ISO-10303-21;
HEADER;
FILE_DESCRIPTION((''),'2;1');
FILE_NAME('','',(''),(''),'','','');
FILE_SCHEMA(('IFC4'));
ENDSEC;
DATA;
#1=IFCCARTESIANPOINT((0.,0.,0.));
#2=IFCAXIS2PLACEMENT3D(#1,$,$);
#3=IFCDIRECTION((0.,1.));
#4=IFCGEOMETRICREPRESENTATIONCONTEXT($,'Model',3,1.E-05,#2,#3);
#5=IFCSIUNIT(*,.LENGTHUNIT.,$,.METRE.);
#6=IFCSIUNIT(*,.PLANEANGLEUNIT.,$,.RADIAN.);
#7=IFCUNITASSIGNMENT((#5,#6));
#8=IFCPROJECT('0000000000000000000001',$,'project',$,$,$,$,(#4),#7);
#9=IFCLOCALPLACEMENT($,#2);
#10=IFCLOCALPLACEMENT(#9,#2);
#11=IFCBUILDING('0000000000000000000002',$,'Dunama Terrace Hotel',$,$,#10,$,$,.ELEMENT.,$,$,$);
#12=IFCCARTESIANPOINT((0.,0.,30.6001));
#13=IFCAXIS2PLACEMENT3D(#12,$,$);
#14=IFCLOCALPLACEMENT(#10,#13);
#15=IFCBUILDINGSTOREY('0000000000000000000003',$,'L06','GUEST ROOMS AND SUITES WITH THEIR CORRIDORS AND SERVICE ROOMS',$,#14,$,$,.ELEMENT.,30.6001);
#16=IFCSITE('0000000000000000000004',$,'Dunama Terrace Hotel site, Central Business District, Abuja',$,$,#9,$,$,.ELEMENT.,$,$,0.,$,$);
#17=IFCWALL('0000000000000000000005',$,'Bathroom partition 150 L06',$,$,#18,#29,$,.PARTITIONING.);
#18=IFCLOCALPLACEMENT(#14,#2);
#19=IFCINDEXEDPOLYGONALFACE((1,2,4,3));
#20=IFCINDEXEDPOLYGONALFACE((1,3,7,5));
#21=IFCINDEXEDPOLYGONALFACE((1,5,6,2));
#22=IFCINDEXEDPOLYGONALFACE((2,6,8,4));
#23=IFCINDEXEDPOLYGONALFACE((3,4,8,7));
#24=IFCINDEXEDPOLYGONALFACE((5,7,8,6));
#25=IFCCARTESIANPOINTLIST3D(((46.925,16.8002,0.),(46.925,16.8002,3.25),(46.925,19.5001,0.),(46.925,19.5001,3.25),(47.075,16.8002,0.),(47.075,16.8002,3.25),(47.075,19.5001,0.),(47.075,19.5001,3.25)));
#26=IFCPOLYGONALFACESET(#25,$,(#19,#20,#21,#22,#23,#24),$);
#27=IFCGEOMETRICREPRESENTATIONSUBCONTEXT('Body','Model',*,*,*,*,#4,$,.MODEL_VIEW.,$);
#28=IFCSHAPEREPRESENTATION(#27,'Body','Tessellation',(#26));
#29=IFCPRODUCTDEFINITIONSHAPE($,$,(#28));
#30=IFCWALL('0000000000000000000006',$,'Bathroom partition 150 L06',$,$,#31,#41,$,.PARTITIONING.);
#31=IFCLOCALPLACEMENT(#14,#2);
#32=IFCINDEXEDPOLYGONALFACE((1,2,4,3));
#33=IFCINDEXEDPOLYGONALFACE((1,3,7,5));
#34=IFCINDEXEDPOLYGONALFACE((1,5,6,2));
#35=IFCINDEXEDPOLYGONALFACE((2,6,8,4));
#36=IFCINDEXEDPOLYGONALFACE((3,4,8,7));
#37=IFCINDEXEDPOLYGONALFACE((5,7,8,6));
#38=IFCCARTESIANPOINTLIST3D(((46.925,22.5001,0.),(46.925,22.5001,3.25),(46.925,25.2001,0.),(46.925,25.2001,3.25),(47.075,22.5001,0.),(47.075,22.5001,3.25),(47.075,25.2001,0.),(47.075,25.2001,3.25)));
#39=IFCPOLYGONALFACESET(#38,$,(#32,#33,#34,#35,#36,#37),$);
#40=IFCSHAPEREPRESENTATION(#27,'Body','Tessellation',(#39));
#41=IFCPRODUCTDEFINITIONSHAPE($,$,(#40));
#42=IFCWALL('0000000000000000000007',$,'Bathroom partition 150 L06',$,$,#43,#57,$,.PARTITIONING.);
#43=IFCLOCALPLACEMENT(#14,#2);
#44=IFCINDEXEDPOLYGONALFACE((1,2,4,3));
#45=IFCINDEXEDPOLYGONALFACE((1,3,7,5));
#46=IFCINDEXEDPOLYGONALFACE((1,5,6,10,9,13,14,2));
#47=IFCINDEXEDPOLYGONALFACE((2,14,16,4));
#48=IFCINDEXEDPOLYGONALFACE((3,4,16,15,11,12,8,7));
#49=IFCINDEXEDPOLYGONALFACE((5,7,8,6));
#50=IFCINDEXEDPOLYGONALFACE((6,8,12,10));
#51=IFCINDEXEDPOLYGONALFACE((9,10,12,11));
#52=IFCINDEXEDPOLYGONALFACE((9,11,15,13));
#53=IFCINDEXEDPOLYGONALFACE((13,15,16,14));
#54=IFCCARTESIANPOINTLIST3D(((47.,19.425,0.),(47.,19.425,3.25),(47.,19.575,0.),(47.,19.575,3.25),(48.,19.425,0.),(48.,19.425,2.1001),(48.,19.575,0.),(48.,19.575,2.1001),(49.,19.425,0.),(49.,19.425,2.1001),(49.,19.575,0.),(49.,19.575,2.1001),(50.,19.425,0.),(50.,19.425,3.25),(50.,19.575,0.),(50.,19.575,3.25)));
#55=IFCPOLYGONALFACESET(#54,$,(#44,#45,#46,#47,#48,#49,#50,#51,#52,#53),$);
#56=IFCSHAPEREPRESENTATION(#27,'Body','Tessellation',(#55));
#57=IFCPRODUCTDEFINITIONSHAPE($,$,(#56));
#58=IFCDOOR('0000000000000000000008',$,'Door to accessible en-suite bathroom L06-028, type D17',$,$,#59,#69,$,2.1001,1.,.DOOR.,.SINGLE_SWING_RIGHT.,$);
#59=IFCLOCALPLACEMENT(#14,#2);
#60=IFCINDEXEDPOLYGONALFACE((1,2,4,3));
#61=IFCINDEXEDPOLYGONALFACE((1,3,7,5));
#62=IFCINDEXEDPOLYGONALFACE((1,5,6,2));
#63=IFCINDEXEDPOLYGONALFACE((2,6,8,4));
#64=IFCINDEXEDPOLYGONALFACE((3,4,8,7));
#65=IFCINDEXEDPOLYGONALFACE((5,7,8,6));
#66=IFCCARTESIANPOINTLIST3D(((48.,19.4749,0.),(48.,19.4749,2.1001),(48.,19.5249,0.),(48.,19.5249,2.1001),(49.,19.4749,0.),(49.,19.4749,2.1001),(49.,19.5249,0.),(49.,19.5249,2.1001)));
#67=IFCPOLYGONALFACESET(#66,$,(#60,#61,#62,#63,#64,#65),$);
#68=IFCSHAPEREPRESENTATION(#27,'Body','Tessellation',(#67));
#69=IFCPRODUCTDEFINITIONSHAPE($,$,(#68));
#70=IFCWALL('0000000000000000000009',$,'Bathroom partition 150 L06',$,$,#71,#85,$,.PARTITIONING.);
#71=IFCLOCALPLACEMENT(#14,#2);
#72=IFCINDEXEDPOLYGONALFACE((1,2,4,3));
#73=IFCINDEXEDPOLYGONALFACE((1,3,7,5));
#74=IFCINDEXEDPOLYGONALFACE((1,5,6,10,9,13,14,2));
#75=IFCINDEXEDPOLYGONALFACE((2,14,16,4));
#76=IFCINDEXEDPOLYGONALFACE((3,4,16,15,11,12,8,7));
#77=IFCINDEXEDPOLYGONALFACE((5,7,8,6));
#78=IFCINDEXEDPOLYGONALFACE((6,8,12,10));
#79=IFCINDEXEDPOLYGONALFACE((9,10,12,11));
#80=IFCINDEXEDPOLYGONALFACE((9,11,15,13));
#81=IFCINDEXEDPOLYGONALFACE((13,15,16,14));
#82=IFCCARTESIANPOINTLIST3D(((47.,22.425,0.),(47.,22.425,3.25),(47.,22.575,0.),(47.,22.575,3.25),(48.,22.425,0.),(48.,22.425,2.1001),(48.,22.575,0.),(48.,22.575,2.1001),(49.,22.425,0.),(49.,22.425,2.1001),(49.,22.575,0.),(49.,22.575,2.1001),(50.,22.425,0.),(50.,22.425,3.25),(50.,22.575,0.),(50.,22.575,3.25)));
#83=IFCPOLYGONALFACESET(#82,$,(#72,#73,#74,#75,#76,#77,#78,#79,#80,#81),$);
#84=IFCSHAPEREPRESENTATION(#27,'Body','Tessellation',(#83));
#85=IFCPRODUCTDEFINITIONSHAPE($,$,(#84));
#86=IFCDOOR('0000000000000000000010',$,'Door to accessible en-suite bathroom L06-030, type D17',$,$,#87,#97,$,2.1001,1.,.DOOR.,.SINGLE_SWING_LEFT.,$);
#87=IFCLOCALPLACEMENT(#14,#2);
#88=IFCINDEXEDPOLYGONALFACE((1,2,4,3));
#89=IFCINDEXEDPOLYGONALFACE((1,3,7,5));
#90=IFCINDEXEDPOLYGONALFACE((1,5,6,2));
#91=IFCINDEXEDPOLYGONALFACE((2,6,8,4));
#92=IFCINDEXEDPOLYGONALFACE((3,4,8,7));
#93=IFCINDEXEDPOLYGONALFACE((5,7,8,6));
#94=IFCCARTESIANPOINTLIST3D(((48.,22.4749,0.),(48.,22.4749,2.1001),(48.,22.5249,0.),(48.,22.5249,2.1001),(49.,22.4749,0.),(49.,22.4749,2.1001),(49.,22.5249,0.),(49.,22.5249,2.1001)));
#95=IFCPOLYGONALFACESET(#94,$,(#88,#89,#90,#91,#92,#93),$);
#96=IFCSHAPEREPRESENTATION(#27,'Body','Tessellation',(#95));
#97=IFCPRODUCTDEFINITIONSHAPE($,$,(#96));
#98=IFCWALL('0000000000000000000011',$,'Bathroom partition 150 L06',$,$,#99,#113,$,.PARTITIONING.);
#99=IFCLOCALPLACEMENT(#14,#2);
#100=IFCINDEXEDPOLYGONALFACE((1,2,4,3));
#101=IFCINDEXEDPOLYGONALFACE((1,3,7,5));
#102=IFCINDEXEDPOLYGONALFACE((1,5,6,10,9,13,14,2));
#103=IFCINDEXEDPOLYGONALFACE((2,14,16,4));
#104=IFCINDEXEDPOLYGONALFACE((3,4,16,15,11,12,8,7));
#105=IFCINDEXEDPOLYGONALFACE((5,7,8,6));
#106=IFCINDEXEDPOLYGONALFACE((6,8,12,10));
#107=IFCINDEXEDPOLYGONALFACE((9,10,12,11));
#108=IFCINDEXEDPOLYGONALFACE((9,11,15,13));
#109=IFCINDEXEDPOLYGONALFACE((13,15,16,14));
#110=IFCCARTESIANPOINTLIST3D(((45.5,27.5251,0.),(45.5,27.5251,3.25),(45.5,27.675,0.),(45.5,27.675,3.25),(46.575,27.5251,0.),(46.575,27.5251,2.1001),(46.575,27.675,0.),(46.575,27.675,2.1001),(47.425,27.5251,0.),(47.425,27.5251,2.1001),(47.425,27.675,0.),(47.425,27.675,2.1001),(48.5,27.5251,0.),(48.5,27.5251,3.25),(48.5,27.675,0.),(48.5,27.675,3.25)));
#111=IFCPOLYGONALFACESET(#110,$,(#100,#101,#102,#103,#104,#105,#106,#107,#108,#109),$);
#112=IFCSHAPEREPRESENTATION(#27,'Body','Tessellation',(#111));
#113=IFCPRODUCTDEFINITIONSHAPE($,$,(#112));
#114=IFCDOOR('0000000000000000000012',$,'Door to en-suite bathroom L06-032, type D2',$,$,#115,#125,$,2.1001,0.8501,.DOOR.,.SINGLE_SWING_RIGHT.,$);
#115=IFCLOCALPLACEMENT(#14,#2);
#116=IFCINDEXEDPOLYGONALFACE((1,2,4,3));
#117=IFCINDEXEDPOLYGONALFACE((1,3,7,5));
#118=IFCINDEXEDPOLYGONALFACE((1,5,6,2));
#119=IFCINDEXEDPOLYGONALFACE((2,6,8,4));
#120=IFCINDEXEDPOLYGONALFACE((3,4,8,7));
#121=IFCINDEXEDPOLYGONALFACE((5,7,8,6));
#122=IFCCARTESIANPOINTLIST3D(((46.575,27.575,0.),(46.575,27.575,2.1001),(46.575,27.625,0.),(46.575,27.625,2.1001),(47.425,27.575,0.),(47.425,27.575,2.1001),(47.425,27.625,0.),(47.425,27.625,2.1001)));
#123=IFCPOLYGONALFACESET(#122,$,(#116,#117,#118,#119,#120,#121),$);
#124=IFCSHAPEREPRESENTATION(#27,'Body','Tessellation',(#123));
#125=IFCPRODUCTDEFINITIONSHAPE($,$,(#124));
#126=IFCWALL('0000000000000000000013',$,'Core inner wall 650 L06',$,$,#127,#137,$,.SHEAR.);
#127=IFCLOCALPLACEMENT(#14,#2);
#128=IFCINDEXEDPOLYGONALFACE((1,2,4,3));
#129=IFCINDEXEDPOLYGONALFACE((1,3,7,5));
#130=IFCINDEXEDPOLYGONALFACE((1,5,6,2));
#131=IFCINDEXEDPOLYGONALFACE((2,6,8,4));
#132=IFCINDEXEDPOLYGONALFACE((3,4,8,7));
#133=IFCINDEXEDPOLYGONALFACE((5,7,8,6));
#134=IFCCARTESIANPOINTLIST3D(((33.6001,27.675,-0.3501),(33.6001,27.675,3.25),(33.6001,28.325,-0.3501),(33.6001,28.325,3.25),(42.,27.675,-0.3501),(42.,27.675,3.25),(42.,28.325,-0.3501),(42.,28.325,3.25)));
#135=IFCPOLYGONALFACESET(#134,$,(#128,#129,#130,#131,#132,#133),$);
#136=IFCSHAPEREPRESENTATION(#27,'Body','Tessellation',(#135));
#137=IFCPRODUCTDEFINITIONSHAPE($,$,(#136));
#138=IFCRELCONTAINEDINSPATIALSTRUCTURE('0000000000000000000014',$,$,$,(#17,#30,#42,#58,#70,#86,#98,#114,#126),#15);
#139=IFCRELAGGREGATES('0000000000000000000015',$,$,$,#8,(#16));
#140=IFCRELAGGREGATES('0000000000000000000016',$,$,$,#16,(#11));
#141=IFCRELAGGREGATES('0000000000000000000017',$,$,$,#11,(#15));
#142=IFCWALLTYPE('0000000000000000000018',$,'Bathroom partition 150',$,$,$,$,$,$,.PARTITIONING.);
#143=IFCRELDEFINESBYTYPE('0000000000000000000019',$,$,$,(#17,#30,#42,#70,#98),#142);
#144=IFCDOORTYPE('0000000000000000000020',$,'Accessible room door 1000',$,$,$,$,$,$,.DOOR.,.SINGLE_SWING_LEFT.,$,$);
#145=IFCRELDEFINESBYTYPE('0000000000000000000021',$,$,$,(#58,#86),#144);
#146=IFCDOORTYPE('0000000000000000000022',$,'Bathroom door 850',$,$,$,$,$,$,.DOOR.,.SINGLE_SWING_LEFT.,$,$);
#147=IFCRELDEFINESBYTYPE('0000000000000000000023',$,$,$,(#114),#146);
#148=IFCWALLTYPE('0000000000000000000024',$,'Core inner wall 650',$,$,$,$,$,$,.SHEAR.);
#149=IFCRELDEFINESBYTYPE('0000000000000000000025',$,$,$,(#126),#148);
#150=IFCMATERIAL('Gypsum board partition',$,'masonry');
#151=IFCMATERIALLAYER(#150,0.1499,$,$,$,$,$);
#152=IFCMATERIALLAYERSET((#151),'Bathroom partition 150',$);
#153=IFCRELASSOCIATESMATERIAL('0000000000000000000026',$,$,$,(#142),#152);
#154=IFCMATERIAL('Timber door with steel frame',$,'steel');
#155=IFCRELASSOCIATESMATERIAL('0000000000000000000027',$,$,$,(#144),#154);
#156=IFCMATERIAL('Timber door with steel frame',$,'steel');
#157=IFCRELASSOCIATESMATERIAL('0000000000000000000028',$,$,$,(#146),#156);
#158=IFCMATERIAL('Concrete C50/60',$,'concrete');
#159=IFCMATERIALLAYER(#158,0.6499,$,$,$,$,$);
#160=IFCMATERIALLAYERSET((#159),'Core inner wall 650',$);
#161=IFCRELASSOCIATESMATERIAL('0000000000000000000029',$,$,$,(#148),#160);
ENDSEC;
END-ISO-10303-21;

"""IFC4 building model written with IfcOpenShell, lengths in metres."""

from ifc_helpers import new_model, si_unit, direction, frame, frame_2d, origin, place, context, subcontext, project, spatial, rectangle, extrude, material, layer, layer_set, type_object, element, fill, save


model = new_model("IFC4")

# Units and contexts
model_context = context("Model", 3, precision=1e-05, world=origin(), true_north=direction((0.0, 1.0)))
body_context = subcontext(model_context, "Body", "Model", "MODEL_VIEW")
ifc_project = project(units=[si_unit("LENGTHUNIT", "METRE"), si_unit("PLANEANGLEUNIT", "RADIAN")], contexts=[model_context])

# Site, building, storey
site_placement = place(None, origin())
site = spatial("IfcSite", under=ifc_project, at=site_placement, Name="Dunama Terrace Hotel site, Central Business District, Abuja", CompositionType="ELEMENT", RefElevation=0.0)
building_placement = place(site_placement, origin())
building = spatial("IfcBuilding", under=site, at=building_placement, Name="Dunama Terrace Hotel", CompositionType="ELEMENT")
storey_placement = place(building_placement, frame((0.0, 0.0, 30.6001)))
storey = spatial("IfcBuildingStorey", under=building, at=storey_placement, Name="L06", Description="GUEST ROOMS AND SUITES WITH THEIR CORRIDORS AND SERVICE ROOMS", CompositionType="ELEMENT", Elevation=30.6001)

# Walls
ifc_material_1 = material(Name="Gypsum board partition", Category="masonry")
ifc_layer_1 = layer(ifc_material_1, 0.1499)
ifc_layer_set_1 = layer_set([ifc_layer_1], Name="Bathroom partition 150")
wall_type_1 = type_object("IfcWallType", Name="Bathroom partition 150", PredefinedType="PARTITIONING", material=ifc_layer_set_1)
for number, where, z_axis, x_axis, name in (
    (1, (47.0, 16.8, 0.0), (0.0, 0.0, 1.0), (0.0, 1.0, 0.0), "Bathroom partition 150 L06"),
    (2, (47.0, 22.5, 0.0), (0.0, 0.0, 1.0), (0.0, 1.0, 0.0), "Bathroom partition 150 L06"),
):
    element("IfcWall", number, at=place(storey_placement, frame(where, z_axis=z_axis, x_axis=x_axis)), inside=storey, type_object=wall_type_1, Name=name, PredefinedType="PARTITIONING", context=body_context, shape_type="SweptSolid", body=[
        extrude(rectangle(XDim=2.7, YDim=0.1499, at=frame_2d((1.3501, 0.0))), origin(), (0.0, 0.0, 1.0), 3.25),
    ])

# Walls, openings, doors
wall_1_placement = place(storey_placement, frame((47.0, 19.5, 0.0), z_axis=(0.0, 0.0, 1.0), x_axis=(1.0, 0.0, 0.0)))
wall_1 = element("IfcWall", 3, at=wall_1_placement, inside=storey, type_object=wall_type_1, Name="Bathroom partition 150 L06", PredefinedType="PARTITIONING", context=body_context, shape_type="SweptSolid", body=[
    extrude(rectangle(XDim=3.0, YDim=0.1499, at=frame_2d((1.5, 0.0))), origin(), (0.0, 0.0, 1.0), 3.25),
])
opening_1_placement = place(wall_1_placement, frame((1.0, 0.0, 0.0)))
opening_1 = element("IfcOpeningElement", 4, at=opening_1_placement, cuts=wall_1, PredefinedType="OPENING", context=body_context, shape_type="SweptSolid", body=[
    extrude(rectangle(XDim=1.0, YDim=2.1001, at=frame_2d((0.5, 1.05))), frame((0.0, 0.085, 0.0), z_axis=(0.0, -1.0, 0.0), x_axis=(1.0, 0.0, 0.0)), (0.0, 0.0, 1.0), 0.1699),
])
ifc_material_2 = material(Name="Timber door with steel frame", Category="steel")
door_type_1 = type_object("IfcDoorType", Name="Accessible room door 1000", OperationType="SINGLE_SWING_LEFT", PredefinedType="DOOR", material=ifc_material_2)
door_1_placement = place(opening_1_placement, frame((1.0, 0.0, 0.0), z_axis=(0.0, 0.0, 1.0), x_axis=(-1.0, 0.0, 0.0)))
door_1 = element("IfcDoor", 5, at=door_1_placement, inside=storey, type_object=door_type_1, Name="Door to accessible en-suite bathroom L06-028, type D17", OperationType="SINGLE_SWING_RIGHT", OverallHeight=2.1001, OverallWidth=1.0, PredefinedType="DOOR", context=body_context, shape_type="SweptSolid", body=[
    extrude(rectangle(XDim=1.0, YDim=2.1001, at=frame_2d((0.5, 1.05))), frame((0.0, 0.0251, 0.0), z_axis=(0.0, -1.0, 0.0), x_axis=(1.0, 0.0, 0.0)), (0.0, 0.0, 1.0), 0.05),
])
fill(opening_1, door_1)
wall_2_placement = place(storey_placement, frame((47.0, 22.5, 0.0), z_axis=(0.0, 0.0, 1.0), x_axis=(1.0, 0.0, 0.0)))
wall_2 = element("IfcWall", 6, at=wall_2_placement, inside=storey, type_object=wall_type_1, Name="Bathroom partition 150 L06", PredefinedType="PARTITIONING", context=body_context, shape_type="SweptSolid", body=[
    extrude(rectangle(XDim=3.0, YDim=0.1499, at=frame_2d((1.5, 0.0))), origin(), (0.0, 0.0, 1.0), 3.25),
])
opening_2_placement = place(wall_2_placement, frame((1.0, 0.0, 0.0)))
opening_2 = element("IfcOpeningElement", 7, at=opening_2_placement, cuts=wall_2, PredefinedType="OPENING", context=body_context, shape_type="SweptSolid", body=[
    extrude(rectangle(XDim=1.0, YDim=2.1001, at=frame_2d((0.5, 1.05))), frame((0.0, 0.085, 0.0), z_axis=(0.0, -1.0, 0.0), x_axis=(1.0, 0.0, 0.0)), (0.0, 0.0, 1.0), 0.1699),
])
door_2_placement = place(opening_2_placement, origin())
door_2 = element("IfcDoor", 8, at=door_2_placement, inside=storey, type_object=door_type_1, Name="Door to accessible en-suite bathroom L06-030, type D17", OperationType="SINGLE_SWING_LEFT", OverallHeight=2.1001, OverallWidth=1.0, PredefinedType="DOOR", context=body_context, shape_type="SweptSolid", body=[
    extrude(rectangle(XDim=1.0, YDim=2.1001, at=frame_2d((0.5, 1.05))), frame((0.0, 0.0249, 0.0), z_axis=(0.0, -1.0, 0.0), x_axis=(1.0, 0.0, 0.0)), (0.0, 0.0, 1.0), 0.05),
])
fill(opening_2, door_2)
wall_3_placement = place(storey_placement, frame((45.5, 27.6001, 0.0), z_axis=(0.0, 0.0, 1.0), x_axis=(1.0, 0.0, 0.0)))
wall_3 = element("IfcWall", 9, at=wall_3_placement, inside=storey, type_object=wall_type_1, Name="Bathroom partition 150 L06", PredefinedType="PARTITIONING", context=body_context, shape_type="SweptSolid", body=[
    extrude(rectangle(XDim=3.0, YDim=0.1499, at=frame_2d((1.5, 0.0))), origin(), (0.0, 0.0, 1.0), 3.25),
])
opening_3_placement = place(wall_3_placement, frame((1.075, 0.0, 0.0)))
opening_3 = element("IfcOpeningElement", 10, at=opening_3_placement, cuts=wall_3, PredefinedType="OPENING", context=body_context, shape_type="SweptSolid", body=[
    extrude(rectangle(XDim=0.8501, YDim=2.1001, at=frame_2d((0.425, 1.05))), frame((0.0, 0.085, 0.0), z_axis=(0.0, -1.0, 0.0), x_axis=(1.0, 0.0, 0.0)), (0.0, 0.0, 1.0), 0.1699),
])
ifc_material_3 = material(Name="Timber door with steel frame", Category="steel")
door_type_2 = type_object("IfcDoorType", Name="Bathroom door 850", OperationType="SINGLE_SWING_LEFT", PredefinedType="DOOR", material=ifc_material_3)
door_3_placement = place(opening_3_placement, frame((0.8501, 0.0, 0.0), z_axis=(0.0, 0.0, 1.0), x_axis=(-1.0, 0.0, 0.0)))
door_3 = element("IfcDoor", 11, at=door_3_placement, inside=storey, type_object=door_type_2, Name="Door to en-suite bathroom L06-032, type D2", OperationType="SINGLE_SWING_RIGHT", OverallHeight=2.1001, OverallWidth=0.8501, PredefinedType="DOOR", context=body_context, shape_type="SweptSolid", body=[
    extrude(rectangle(XDim=0.8501, YDim=2.1001, at=frame_2d((0.425, 1.05))), frame((0.0, 0.0251, 0.0), z_axis=(0.0, -1.0, 0.0), x_axis=(1.0, 0.0, 0.0)), (0.0, 0.0, 1.0), 0.05),
])
fill(opening_3, door_3)

# Wall
ifc_material_4 = material(Name="Concrete C50/60", Category="concrete")
ifc_layer_2 = layer(ifc_material_4, 0.6499)
ifc_layer_set_2 = layer_set([ifc_layer_2], Name="Core inner wall 650")
wall_type_2 = type_object("IfcWallType", Name="Core inner wall 650", PredefinedType="SHEAR", material=ifc_layer_set_2)
wall_4_placement = place(storey_placement, frame((33.6001, 28.0, -0.3501), z_axis=(0.0, 0.0, 1.0), x_axis=(1.0, 0.0, 0.0)))
element("IfcWall", 12, at=wall_4_placement, inside=storey, type_object=wall_type_2, Name="Core inner wall 650 L06", PredefinedType="SHEAR", context=body_context, shape_type="SweptSolid", body=[
    extrude(rectangle(XDim=8.3999, YDim=0.6499, at=frame_2d((4.2, 0.0))), origin(), (0.0, 0.0, 1.0), 3.6001),
])

save(model, "model.ifc")
